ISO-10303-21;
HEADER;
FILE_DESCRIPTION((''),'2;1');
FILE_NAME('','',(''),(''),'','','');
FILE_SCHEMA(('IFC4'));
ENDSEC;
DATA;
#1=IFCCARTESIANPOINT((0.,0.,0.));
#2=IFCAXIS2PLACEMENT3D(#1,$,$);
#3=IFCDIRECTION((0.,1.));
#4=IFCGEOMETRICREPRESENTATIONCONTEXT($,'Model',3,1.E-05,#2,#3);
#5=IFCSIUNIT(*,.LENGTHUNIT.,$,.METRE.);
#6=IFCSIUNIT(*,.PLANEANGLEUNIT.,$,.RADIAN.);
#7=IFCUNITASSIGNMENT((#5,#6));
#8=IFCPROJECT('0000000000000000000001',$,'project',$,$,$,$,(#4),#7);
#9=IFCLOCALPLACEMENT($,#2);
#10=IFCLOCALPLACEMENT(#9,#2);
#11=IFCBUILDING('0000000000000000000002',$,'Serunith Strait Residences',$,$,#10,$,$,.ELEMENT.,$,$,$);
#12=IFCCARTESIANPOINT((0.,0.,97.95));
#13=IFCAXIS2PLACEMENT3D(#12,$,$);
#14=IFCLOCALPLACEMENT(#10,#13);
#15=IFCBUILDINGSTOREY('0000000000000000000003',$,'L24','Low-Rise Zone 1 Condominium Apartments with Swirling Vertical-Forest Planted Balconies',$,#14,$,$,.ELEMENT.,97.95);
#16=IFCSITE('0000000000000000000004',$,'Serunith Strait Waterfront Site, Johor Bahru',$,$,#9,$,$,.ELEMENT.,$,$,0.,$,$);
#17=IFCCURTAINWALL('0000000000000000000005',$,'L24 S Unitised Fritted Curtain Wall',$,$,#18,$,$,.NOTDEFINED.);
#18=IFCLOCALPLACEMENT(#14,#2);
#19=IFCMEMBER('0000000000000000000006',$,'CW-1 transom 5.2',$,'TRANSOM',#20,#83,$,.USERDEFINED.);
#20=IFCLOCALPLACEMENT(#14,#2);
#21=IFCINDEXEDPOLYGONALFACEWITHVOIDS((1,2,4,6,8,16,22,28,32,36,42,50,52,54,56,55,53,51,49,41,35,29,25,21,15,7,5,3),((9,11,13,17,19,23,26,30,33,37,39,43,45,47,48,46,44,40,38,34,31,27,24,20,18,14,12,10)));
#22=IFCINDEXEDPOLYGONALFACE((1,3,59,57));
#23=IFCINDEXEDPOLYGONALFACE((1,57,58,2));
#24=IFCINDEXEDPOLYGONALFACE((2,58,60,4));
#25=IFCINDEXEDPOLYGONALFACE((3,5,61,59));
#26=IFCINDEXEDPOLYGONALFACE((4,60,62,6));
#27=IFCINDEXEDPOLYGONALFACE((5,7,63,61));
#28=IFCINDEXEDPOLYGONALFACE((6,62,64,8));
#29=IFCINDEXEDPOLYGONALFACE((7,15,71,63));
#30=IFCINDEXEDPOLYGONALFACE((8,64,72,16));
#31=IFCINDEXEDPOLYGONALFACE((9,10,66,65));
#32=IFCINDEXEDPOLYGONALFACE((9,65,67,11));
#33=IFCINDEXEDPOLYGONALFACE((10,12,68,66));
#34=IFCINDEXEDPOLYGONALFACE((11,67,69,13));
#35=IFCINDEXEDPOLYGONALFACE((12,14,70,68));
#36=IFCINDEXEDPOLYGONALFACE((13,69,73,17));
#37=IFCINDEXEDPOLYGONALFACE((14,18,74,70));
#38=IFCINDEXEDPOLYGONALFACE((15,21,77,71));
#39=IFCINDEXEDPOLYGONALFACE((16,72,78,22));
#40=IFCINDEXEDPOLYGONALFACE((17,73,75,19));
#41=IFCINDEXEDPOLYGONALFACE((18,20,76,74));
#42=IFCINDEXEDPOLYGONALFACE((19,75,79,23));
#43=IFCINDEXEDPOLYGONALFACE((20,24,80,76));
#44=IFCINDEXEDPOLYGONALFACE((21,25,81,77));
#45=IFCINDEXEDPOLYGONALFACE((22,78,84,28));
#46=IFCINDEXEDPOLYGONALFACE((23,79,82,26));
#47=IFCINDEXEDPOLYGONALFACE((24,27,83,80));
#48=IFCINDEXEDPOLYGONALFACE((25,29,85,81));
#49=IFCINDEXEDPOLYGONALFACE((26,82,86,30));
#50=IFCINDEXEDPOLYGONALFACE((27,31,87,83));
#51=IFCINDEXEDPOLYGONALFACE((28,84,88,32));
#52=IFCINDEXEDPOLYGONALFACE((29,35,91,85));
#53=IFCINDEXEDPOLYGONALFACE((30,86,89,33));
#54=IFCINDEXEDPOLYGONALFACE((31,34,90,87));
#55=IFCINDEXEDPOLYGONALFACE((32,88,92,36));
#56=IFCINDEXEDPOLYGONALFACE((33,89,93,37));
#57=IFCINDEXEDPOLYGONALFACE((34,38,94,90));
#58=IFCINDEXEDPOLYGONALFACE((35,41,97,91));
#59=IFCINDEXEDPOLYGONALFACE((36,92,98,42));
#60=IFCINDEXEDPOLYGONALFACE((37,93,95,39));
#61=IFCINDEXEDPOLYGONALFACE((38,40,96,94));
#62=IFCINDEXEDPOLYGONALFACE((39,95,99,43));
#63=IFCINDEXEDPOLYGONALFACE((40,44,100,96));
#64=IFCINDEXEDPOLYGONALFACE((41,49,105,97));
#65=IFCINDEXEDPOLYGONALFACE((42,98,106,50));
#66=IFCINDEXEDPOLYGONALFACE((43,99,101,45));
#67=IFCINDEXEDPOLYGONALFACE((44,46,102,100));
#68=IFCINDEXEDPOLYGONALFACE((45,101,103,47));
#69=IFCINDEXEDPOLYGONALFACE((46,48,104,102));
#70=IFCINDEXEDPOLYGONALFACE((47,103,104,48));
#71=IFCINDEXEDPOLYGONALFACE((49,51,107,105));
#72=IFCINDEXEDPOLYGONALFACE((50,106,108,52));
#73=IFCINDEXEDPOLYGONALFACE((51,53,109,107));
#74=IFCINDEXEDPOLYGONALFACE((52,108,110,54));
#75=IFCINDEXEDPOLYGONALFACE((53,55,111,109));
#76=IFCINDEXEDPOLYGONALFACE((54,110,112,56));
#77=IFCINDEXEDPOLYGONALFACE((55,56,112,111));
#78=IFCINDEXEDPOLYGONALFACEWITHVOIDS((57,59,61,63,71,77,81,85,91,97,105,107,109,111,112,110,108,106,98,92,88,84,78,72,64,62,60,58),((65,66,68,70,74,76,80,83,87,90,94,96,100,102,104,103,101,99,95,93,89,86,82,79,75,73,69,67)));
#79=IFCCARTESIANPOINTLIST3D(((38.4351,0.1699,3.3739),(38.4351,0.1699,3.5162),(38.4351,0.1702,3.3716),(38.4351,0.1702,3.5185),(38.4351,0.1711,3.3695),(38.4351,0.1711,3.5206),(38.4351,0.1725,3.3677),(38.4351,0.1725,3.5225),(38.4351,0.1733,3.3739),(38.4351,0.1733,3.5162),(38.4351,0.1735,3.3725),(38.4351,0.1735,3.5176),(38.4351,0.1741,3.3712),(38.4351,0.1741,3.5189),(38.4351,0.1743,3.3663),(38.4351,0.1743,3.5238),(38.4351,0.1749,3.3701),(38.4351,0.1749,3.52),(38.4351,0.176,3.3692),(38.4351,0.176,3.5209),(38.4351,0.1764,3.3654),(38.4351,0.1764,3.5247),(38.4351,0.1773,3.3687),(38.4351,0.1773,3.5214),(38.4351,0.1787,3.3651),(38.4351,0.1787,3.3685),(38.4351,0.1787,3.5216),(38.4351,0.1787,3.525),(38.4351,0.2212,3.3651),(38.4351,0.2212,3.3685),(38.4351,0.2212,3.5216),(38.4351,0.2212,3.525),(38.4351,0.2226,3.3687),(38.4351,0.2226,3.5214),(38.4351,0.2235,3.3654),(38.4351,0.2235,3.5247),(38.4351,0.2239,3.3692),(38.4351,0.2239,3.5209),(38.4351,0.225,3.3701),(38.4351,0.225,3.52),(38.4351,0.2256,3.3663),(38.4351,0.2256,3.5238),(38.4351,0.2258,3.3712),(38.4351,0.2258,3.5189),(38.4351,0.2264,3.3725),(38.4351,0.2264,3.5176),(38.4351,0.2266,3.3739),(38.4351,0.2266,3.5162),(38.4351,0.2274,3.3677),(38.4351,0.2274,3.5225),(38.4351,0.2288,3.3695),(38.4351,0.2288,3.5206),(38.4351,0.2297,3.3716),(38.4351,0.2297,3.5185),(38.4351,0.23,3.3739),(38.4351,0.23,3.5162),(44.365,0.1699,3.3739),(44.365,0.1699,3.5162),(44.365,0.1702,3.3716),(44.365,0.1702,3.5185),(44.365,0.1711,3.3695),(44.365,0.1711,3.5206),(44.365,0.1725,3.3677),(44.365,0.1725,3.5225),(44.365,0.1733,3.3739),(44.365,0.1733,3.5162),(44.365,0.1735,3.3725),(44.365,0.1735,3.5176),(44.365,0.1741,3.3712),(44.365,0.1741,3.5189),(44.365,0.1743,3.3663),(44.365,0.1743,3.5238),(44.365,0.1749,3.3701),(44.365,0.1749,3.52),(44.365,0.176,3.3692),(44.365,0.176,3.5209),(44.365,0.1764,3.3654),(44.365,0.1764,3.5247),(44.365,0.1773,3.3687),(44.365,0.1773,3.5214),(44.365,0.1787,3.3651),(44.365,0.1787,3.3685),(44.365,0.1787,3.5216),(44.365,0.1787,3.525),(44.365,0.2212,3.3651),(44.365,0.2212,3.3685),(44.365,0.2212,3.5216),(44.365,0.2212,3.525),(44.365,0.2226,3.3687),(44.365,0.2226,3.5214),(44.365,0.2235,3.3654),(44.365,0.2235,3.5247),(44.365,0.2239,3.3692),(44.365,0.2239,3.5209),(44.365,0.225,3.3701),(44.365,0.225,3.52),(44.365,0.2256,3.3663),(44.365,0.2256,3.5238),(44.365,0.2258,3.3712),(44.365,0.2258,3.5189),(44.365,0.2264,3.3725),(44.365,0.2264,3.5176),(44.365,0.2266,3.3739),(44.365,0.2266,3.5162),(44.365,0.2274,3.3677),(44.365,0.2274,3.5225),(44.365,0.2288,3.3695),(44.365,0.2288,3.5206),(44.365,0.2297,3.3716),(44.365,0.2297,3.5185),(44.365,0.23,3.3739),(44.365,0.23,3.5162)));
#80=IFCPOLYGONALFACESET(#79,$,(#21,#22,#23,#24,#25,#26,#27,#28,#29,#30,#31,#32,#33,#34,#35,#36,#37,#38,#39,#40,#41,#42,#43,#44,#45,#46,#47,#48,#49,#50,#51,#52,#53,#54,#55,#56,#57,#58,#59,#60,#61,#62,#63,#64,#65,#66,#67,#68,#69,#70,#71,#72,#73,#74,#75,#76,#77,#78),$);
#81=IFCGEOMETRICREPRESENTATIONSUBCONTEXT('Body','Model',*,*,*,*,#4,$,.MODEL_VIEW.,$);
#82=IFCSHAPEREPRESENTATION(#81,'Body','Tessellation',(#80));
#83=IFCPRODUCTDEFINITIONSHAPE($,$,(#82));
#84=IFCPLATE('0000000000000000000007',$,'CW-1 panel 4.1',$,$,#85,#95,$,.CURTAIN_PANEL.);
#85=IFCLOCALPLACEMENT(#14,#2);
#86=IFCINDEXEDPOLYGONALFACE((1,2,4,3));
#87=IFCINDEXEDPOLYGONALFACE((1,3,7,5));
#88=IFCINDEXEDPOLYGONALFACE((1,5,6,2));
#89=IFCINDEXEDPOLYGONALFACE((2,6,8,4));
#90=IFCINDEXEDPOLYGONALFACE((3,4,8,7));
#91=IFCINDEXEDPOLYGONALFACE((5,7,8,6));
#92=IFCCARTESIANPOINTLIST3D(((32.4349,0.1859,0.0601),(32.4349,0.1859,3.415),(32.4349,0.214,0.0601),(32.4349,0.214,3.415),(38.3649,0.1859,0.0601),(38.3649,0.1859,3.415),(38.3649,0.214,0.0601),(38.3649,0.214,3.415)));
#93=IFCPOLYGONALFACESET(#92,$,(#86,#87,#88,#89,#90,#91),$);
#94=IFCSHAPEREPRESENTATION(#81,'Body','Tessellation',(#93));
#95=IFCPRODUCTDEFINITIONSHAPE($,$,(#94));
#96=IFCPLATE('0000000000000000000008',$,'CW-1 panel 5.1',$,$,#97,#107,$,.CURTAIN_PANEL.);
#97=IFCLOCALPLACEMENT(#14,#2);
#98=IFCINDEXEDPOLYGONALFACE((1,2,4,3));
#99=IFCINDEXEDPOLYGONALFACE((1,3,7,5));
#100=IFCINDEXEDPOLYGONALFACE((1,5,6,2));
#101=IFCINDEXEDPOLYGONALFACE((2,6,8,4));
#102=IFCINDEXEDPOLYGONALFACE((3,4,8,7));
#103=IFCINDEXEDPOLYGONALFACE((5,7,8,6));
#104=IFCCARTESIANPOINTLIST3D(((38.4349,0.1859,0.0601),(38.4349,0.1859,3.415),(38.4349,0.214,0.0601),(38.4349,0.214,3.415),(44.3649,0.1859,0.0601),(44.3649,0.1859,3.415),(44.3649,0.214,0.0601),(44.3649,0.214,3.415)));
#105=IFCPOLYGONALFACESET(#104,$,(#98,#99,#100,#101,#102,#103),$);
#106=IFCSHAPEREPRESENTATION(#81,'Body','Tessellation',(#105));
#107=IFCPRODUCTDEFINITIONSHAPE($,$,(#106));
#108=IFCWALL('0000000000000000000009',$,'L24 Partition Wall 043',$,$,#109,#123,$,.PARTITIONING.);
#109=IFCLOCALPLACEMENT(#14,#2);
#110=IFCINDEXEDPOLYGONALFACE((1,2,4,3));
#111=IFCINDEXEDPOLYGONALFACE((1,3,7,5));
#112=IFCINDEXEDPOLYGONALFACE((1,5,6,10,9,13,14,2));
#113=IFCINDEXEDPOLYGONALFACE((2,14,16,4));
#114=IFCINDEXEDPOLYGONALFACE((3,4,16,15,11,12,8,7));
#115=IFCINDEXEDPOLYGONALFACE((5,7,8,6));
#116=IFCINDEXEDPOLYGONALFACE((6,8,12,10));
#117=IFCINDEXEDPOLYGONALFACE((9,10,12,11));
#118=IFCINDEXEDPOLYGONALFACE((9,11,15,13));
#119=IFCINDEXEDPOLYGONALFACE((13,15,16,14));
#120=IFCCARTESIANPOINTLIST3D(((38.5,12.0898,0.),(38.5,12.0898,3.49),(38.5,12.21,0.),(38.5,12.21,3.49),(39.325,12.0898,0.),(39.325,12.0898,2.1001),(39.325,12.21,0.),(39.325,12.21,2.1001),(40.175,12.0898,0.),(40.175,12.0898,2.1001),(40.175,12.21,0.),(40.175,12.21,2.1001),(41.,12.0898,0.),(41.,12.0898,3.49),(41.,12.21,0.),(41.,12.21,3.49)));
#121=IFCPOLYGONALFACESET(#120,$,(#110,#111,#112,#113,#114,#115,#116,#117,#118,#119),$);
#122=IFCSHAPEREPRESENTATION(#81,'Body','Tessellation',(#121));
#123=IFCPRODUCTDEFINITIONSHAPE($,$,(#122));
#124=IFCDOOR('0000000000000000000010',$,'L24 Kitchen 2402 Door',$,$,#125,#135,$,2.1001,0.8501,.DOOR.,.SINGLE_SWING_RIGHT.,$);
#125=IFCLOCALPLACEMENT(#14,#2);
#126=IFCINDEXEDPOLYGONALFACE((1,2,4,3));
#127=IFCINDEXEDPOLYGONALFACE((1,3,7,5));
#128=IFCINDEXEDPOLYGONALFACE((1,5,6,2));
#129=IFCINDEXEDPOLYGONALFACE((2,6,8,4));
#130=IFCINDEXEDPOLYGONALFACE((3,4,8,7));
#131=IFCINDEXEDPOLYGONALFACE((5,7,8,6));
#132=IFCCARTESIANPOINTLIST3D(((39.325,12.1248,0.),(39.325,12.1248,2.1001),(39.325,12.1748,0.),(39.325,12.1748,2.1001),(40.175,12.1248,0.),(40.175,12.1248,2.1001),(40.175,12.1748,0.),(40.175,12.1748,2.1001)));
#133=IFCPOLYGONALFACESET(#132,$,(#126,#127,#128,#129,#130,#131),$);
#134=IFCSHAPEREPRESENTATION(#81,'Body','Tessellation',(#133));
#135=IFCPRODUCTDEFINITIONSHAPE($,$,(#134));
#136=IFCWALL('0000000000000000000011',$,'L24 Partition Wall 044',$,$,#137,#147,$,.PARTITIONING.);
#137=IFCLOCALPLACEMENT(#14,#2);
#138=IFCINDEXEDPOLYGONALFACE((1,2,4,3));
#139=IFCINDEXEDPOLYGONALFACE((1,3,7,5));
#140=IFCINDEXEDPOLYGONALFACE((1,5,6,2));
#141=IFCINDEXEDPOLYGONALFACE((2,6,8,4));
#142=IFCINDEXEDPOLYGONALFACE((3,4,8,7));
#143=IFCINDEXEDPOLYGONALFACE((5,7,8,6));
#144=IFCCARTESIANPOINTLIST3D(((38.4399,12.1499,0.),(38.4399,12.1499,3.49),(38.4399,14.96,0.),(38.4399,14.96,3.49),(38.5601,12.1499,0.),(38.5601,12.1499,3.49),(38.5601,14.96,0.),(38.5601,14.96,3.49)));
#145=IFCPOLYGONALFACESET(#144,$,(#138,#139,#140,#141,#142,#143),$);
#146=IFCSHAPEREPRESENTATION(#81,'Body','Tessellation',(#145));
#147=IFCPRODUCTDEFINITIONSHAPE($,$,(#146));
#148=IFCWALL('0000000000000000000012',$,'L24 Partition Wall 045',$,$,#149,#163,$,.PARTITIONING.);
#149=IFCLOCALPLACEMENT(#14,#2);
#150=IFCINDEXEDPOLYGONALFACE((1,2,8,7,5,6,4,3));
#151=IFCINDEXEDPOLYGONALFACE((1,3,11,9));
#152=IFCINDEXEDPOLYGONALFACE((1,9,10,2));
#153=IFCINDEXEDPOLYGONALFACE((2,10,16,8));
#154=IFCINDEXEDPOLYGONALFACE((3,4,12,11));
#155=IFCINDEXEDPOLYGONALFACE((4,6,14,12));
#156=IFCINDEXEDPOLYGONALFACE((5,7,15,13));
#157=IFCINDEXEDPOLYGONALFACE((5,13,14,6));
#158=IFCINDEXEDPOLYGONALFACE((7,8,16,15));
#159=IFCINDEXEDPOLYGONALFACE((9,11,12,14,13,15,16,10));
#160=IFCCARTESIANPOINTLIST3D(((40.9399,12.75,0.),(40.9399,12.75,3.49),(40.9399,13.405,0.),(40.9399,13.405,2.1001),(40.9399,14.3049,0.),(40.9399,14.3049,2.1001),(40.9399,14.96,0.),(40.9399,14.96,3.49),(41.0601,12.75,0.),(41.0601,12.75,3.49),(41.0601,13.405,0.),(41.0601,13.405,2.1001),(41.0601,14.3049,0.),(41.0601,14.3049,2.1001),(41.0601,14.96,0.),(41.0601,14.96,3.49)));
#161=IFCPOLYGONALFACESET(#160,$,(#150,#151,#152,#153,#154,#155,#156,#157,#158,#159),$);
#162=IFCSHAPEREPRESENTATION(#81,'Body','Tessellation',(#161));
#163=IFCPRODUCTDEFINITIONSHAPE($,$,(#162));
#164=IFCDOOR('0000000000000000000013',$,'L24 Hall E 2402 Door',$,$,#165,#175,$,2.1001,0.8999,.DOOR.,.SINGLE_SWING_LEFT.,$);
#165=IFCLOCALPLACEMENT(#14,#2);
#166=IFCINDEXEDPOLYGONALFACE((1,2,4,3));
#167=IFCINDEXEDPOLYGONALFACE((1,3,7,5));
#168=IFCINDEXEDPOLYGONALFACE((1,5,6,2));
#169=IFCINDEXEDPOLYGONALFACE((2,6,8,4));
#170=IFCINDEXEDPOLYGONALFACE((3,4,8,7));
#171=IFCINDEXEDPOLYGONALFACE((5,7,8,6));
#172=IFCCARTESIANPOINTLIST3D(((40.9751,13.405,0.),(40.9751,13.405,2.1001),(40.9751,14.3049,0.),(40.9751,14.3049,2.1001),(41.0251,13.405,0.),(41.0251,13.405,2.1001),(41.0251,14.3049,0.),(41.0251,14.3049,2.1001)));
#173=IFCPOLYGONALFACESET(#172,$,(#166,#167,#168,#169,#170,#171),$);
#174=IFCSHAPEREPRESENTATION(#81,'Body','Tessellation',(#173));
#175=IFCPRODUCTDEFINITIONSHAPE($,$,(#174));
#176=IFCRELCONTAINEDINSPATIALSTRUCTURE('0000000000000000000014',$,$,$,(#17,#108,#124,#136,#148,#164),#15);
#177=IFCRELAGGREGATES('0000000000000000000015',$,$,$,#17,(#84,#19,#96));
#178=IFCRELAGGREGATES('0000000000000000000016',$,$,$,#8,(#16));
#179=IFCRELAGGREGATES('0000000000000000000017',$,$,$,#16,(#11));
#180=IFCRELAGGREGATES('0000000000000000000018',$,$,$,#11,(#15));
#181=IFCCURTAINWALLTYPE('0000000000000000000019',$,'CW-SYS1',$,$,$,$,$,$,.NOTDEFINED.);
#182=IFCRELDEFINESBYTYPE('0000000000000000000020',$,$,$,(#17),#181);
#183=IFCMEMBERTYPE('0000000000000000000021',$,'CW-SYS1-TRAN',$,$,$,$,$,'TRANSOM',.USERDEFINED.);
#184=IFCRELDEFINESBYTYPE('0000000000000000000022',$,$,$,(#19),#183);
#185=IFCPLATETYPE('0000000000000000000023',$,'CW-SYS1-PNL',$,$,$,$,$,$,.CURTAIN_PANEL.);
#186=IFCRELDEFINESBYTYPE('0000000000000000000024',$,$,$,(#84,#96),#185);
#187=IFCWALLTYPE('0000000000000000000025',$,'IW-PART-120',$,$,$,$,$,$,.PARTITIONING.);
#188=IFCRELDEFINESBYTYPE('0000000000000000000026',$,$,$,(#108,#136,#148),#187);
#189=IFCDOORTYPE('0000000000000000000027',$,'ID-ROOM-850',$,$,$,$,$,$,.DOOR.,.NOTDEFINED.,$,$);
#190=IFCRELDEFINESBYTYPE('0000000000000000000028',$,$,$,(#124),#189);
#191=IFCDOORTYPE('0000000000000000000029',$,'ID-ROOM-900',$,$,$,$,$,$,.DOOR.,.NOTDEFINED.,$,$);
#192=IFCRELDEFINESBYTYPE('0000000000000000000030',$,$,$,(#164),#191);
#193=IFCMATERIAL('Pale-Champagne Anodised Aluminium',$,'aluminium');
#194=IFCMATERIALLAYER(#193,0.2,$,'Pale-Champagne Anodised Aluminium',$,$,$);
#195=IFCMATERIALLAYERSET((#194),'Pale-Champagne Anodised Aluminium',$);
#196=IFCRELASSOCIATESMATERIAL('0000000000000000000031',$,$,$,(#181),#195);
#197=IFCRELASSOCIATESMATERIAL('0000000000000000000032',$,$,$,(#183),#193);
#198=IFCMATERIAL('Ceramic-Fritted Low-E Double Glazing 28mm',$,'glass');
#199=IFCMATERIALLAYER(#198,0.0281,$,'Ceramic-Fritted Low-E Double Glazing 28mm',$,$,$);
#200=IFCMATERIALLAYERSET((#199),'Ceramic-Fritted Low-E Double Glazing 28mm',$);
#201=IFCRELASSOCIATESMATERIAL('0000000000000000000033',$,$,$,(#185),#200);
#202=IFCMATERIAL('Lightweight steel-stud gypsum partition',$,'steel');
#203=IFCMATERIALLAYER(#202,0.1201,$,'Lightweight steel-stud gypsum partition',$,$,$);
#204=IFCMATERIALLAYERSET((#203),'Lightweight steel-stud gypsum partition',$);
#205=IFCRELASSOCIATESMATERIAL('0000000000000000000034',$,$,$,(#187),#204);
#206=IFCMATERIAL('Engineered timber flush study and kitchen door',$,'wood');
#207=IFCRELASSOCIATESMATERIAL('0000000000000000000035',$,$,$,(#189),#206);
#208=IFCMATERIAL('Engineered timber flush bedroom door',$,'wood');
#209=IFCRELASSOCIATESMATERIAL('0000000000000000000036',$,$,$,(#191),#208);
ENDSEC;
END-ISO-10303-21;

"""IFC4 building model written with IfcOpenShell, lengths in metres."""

from ifc_helpers import new_model, si_unit, direction, frame, frame_2d, origin, origin_2d, place, context, subcontext, project, spatial, rectangle, hollow_rectangle, extrude, source, transform, mapped, material, layer, layer_set, material_profile, profile_set, type_object, element, fill, aggregate, save


model = new_model("IFC4")

# Units and contexts
model_context = context("Model", 3, precision=1e-05, world=origin(), true_north=direction((0.0, 1.0)))
body_context = subcontext(model_context, "Body", "Model", "MODEL_VIEW")
ifc_project = project(units=[si_unit("LENGTHUNIT", "METRE"), si_unit("PLANEANGLEUNIT", "RADIAN")], contexts=[model_context])

# Site, building, storey
site_placement = place(None, origin())
site = spatial("IfcSite", under=ifc_project, at=site_placement, Name="Serunith Strait Waterfront Site, Johor Bahru", CompositionType="ELEMENT", RefElevation=0.0)
building_placement = place(site_placement, origin())
building = spatial("IfcBuilding", under=site, at=building_placement, Name="Serunith Strait Residences", CompositionType="ELEMENT")
storey_placement = place(building_placement, frame((0.0, 0.0, 97.95)))
storey = spatial("IfcBuildingStorey", under=building, at=storey_placement, Name="L24", Description="Low-Rise Zone 1 Condominium Apartments with Swirling Vertical-Forest Planted Balconies", CompositionType="ELEMENT", Elevation=97.95)

# Curtain wall, member, plates
ifc_material_1 = material(Name="Pale-Champagne Anodised Aluminium", Category="aluminium")
ifc_layer_1 = layer(ifc_material_1, 0.2, Name="Pale-Champagne Anodised Aluminium")
ifc_layer_set_1 = layer_set([ifc_layer_1], Name="Pale-Champagne Anodised Aluminium")
curtain_wall_type = type_object("IfcCurtainWallType", Name="CW-SYS1", PredefinedType="NOTDEFINED", material=ifc_layer_set_1)
curtain_wall_placement = place(storey_placement, origin())
curtain_wall = element("IfcCurtainWall", 1, at=curtain_wall_placement, inside=storey, type_object=curtain_wall_type, Name="L24 S Unitised Fritted Curtain Wall", PredefinedType="NOTDEFINED")
ifc_material_profile_1 = material_profile(ifc_material_1, hollow_rectangle(XDim=0.0601, YDim=0.1599, WallThickness=0.0034, InnerFilletRadius=0.0054, OuterFilletRadius=0.0088, at=origin_2d()), Name="ALU 160x60x3.5")
ifc_profile_set_1 = profile_set([ifc_material_profile_1], Name="Pale-Champagne Anodised Aluminium")
member_type_1 = type_object("IfcMemberType", Name="CW-SYS1-TRAN", ElementType="TRANSOM", PredefinedType="USERDEFINED", material=ifc_profile_set_1)
shared_shape_1 = source(origin(), body_context, "Body", "SweptSolid", [
    extrude(hollow_rectangle(XDim=0.0601, YDim=0.1599, WallThickness=0.0034, InnerFilletRadius=0.0054, OuterFilletRadius=0.0088, at=origin_2d()), origin(), (0.0, 0.0, 1.0), 5.9299),
])
member_1_placement = place(storey_placement, frame((38.4351, 0.2, 3.4451), z_axis=(1.0, 0.0, 0.0), x_axis=(0.0, 1.0, 0.0)))
member_1 = element("IfcMember", 2, at=member_1_placement, type_object=member_type_1, Name="CW-1 transom 5.2", ObjectType="TRANSOM", PredefinedType="USERDEFINED", context=body_context, shape_type="MappedRepresentation", body=[
    mapped(shared_shape_1, transform((0.0, 0.0, 0.0), scale=1.0)),
])
ifc_material_2 = material(Name="Ceramic-Fritted Low-E Double Glazing 28mm", Category="glass")
ifc_layer_2 = layer(ifc_material_2, 0.0281, Name="Ceramic-Fritted Low-E Double Glazing 28mm")
ifc_layer_set_2 = layer_set([ifc_layer_2], Name="Ceramic-Fritted Low-E Double Glazing 28mm")
plate_type = type_object("IfcPlateType", Name="CW-SYS1-PNL", PredefinedType="CURTAIN_PANEL", material=ifc_layer_set_2)
shared_shape_2 = source(origin(), body_context, "Body", "SweptSolid", [
    extrude(rectangle(XDim=5.9299, YDim=0.0281, at=origin_2d()), origin(), (0.0, 0.0, 1.0), 3.355),
])
plate_1_placement = place(storey_placement, frame((35.3999, 0.2, 0.0601), z_axis=(0.0, 0.0, 1.0), x_axis=(1.0, 0.0, 0.0)))
plate_1 = element("IfcPlate", 3, at=plate_1_placement, type_object=plate_type, Name="CW-1 panel 4.1", PredefinedType="CURTAIN_PANEL", context=body_context, shape_type="MappedRepresentation", body=[
    mapped(shared_shape_2, transform((0.0, 0.0, 0.0), scale=1.0)),
])
plate_2_placement = place(storey_placement, frame((41.3999, 0.2, 0.0601), z_axis=(0.0, 0.0, 1.0), x_axis=(1.0, 0.0, 0.0)))
plate_2 = element("IfcPlate", 4, at=plate_2_placement, type_object=plate_type, Name="CW-1 panel 5.1", PredefinedType="CURTAIN_PANEL", context=body_context, shape_type="MappedRepresentation", body=[
    mapped(shared_shape_2, transform((0.0, 0.0, 0.0), scale=1.0)),
])
aggregate(curtain_wall, [plate_1, member_1, plate_2])

# Wall, opening, door
ifc_material_3 = material(Name="Lightweight steel-stud gypsum partition", Category="steel")
ifc_layer_3 = layer(ifc_material_3, 0.1201, Name="Lightweight steel-stud gypsum partition")
ifc_layer_set_3 = layer_set([ifc_layer_3], Name="Lightweight steel-stud gypsum partition")
wall_type_1 = type_object("IfcWallType", Name="IW-PART-120", PredefinedType="PARTITIONING", material=ifc_layer_set_3)
wall_1_placement = place(storey_placement, frame((38.5, 12.1499, 0.0), z_axis=(0.0, 0.0, 1.0), x_axis=(1.0, 0.0, 0.0)))
wall_1 = element("IfcWall", 5, at=wall_1_placement, inside=storey, type_object=wall_type_1, Name="L24 Partition Wall 043", PredefinedType="PARTITIONING", context=body_context, shape_type="SweptSolid", body=[
    extrude(rectangle(XDim=2.5, YDim=0.1201, at=frame_2d((1.25, 0.0))), origin(), (0.0, 0.0, 1.0), 3.49),
])
opening_1_placement = place(wall_1_placement, frame((0.825, 0.0, 0.0)))
opening_1 = element("IfcOpeningElement", 6, at=opening_1_placement, cuts=wall_1, PredefinedType="OPENING", context=body_context, shape_type="SweptSolid", body=[
    extrude(rectangle(XDim=0.8501, YDim=2.1001, at=frame_2d((0.425, 1.05))), frame((0.0, 0.0701, 0.0), z_axis=(0.0, -1.0, 0.0), x_axis=(1.0, 0.0, 0.0)), (0.0, 0.0, 1.0), 0.1401),
])
ifc_material_4 = material(Name="Engineered timber flush study and kitchen door", Category="wood")
door_type_1 = type_object("IfcDoorType", Name="ID-ROOM-850", OperationType="NOTDEFINED", PredefinedType="DOOR", material=ifc_material_4)
shared_shape_3 = source(origin(), body_context, "Body", "SweptSolid", [
    extrude(rectangle(XDim=0.8501, YDim=2.1001, at=frame_2d((0.425, 1.05))), frame((0.0, 0.0249, 0.0), z_axis=(0.0, -1.0, 0.0), x_axis=(1.0, 0.0, 0.0)), (0.0, 0.0, 1.0), 0.05),
])
door_1_placement = place(opening_1_placement, origin())
door_1 = element("IfcDoor", 7, at=door_1_placement, inside=storey, type_object=door_type_1, Name="L24 Kitchen 2402 Door", OperationType="SINGLE_SWING_RIGHT", OverallHeight=2.1001, OverallWidth=0.8501, PredefinedType="DOOR", context=body_context, shape_type="MappedRepresentation", body=[
    mapped(shared_shape_3, transform((0.0, 0.0, 0.0), scale=1.0)),
])
fill(opening_1, door_1)

# Wall
wall_2_placement = place(storey_placement, frame((38.5, 12.1499, 0.0), z_axis=(0.0, 0.0, 1.0), x_axis=(0.0, 1.0, 0.0)))
element("IfcWall", 8, at=wall_2_placement, inside=storey, type_object=wall_type_1, Name="L24 Partition Wall 044", PredefinedType="PARTITIONING", context=body_context, shape_type="SweptSolid", body=[
    extrude(rectangle(XDim=2.8101, YDim=0.1201, at=frame_2d((1.405, 0.0))), origin(), (0.0, 0.0, 1.0), 3.49),
])

# Wall, opening, door
wall_3_placement = place(storey_placement, frame((41.0, 12.75, 0.0), z_axis=(0.0, 0.0, 1.0), x_axis=(0.0, 1.0, 0.0)))
wall_3 = element("IfcWall", 9, at=wall_3_placement, inside=storey, type_object=wall_type_1, Name="L24 Partition Wall 045", PredefinedType="PARTITIONING", context=body_context, shape_type="SweptSolid", body=[
    extrude(rectangle(XDim=2.21, YDim=0.1201, at=frame_2d((1.105, 0.0))), origin(), (0.0, 0.0, 1.0), 3.49),
])
opening_2_placement = place(wall_3_placement, frame((0.655, 0.0, 0.0)))
opening_2 = element("IfcOpeningElement", 10, at=opening_2_placement, cuts=wall_3, PredefinedType="OPENING", context=body_context, shape_type="SweptSolid", body=[
    extrude(rectangle(XDim=0.8999, YDim=2.1001, at=frame_2d((0.45, 1.05))), frame((0.0, 0.0701, 0.0), z_axis=(0.0, -1.0, 0.0), x_axis=(1.0, 0.0, 0.0)), (0.0, 0.0, 1.0), 0.1401),
])
ifc_material_5 = material(Name="Engineered timber flush bedroom door", Category="wood")
door_type_2 = type_object("IfcDoorType", Name="ID-ROOM-900", OperationType="NOTDEFINED", PredefinedType="DOOR", material=ifc_material_5)
shared_shape_4 = source(origin(), body_context, "Body", "SweptSolid", [
    extrude(rectangle(XDim=0.8999, YDim=2.1001, at=frame_2d((0.45, 1.05))), frame((0.0, 0.0249, 0.0), z_axis=(0.0, -1.0, 0.0), x_axis=(1.0, 0.0, 0.0)), (0.0, 0.0, 1.0), 0.05),
])
door_2_placement = place(opening_2_placement, origin())
door_2 = element("IfcDoor", 11, at=door_2_placement, inside=storey, type_object=door_type_2, Name="L24 Hall E 2402 Door", OperationType="SINGLE_SWING_LEFT", OverallHeight=2.1001, OverallWidth=0.8999, PredefinedType="DOOR", context=body_context, shape_type="MappedRepresentation", body=[
    mapped(shared_shape_4, transform((0.0, 0.0, 0.0), scale=1.0)),
])
fill(opening_2, door_2)

save(model, "model.ifc")
